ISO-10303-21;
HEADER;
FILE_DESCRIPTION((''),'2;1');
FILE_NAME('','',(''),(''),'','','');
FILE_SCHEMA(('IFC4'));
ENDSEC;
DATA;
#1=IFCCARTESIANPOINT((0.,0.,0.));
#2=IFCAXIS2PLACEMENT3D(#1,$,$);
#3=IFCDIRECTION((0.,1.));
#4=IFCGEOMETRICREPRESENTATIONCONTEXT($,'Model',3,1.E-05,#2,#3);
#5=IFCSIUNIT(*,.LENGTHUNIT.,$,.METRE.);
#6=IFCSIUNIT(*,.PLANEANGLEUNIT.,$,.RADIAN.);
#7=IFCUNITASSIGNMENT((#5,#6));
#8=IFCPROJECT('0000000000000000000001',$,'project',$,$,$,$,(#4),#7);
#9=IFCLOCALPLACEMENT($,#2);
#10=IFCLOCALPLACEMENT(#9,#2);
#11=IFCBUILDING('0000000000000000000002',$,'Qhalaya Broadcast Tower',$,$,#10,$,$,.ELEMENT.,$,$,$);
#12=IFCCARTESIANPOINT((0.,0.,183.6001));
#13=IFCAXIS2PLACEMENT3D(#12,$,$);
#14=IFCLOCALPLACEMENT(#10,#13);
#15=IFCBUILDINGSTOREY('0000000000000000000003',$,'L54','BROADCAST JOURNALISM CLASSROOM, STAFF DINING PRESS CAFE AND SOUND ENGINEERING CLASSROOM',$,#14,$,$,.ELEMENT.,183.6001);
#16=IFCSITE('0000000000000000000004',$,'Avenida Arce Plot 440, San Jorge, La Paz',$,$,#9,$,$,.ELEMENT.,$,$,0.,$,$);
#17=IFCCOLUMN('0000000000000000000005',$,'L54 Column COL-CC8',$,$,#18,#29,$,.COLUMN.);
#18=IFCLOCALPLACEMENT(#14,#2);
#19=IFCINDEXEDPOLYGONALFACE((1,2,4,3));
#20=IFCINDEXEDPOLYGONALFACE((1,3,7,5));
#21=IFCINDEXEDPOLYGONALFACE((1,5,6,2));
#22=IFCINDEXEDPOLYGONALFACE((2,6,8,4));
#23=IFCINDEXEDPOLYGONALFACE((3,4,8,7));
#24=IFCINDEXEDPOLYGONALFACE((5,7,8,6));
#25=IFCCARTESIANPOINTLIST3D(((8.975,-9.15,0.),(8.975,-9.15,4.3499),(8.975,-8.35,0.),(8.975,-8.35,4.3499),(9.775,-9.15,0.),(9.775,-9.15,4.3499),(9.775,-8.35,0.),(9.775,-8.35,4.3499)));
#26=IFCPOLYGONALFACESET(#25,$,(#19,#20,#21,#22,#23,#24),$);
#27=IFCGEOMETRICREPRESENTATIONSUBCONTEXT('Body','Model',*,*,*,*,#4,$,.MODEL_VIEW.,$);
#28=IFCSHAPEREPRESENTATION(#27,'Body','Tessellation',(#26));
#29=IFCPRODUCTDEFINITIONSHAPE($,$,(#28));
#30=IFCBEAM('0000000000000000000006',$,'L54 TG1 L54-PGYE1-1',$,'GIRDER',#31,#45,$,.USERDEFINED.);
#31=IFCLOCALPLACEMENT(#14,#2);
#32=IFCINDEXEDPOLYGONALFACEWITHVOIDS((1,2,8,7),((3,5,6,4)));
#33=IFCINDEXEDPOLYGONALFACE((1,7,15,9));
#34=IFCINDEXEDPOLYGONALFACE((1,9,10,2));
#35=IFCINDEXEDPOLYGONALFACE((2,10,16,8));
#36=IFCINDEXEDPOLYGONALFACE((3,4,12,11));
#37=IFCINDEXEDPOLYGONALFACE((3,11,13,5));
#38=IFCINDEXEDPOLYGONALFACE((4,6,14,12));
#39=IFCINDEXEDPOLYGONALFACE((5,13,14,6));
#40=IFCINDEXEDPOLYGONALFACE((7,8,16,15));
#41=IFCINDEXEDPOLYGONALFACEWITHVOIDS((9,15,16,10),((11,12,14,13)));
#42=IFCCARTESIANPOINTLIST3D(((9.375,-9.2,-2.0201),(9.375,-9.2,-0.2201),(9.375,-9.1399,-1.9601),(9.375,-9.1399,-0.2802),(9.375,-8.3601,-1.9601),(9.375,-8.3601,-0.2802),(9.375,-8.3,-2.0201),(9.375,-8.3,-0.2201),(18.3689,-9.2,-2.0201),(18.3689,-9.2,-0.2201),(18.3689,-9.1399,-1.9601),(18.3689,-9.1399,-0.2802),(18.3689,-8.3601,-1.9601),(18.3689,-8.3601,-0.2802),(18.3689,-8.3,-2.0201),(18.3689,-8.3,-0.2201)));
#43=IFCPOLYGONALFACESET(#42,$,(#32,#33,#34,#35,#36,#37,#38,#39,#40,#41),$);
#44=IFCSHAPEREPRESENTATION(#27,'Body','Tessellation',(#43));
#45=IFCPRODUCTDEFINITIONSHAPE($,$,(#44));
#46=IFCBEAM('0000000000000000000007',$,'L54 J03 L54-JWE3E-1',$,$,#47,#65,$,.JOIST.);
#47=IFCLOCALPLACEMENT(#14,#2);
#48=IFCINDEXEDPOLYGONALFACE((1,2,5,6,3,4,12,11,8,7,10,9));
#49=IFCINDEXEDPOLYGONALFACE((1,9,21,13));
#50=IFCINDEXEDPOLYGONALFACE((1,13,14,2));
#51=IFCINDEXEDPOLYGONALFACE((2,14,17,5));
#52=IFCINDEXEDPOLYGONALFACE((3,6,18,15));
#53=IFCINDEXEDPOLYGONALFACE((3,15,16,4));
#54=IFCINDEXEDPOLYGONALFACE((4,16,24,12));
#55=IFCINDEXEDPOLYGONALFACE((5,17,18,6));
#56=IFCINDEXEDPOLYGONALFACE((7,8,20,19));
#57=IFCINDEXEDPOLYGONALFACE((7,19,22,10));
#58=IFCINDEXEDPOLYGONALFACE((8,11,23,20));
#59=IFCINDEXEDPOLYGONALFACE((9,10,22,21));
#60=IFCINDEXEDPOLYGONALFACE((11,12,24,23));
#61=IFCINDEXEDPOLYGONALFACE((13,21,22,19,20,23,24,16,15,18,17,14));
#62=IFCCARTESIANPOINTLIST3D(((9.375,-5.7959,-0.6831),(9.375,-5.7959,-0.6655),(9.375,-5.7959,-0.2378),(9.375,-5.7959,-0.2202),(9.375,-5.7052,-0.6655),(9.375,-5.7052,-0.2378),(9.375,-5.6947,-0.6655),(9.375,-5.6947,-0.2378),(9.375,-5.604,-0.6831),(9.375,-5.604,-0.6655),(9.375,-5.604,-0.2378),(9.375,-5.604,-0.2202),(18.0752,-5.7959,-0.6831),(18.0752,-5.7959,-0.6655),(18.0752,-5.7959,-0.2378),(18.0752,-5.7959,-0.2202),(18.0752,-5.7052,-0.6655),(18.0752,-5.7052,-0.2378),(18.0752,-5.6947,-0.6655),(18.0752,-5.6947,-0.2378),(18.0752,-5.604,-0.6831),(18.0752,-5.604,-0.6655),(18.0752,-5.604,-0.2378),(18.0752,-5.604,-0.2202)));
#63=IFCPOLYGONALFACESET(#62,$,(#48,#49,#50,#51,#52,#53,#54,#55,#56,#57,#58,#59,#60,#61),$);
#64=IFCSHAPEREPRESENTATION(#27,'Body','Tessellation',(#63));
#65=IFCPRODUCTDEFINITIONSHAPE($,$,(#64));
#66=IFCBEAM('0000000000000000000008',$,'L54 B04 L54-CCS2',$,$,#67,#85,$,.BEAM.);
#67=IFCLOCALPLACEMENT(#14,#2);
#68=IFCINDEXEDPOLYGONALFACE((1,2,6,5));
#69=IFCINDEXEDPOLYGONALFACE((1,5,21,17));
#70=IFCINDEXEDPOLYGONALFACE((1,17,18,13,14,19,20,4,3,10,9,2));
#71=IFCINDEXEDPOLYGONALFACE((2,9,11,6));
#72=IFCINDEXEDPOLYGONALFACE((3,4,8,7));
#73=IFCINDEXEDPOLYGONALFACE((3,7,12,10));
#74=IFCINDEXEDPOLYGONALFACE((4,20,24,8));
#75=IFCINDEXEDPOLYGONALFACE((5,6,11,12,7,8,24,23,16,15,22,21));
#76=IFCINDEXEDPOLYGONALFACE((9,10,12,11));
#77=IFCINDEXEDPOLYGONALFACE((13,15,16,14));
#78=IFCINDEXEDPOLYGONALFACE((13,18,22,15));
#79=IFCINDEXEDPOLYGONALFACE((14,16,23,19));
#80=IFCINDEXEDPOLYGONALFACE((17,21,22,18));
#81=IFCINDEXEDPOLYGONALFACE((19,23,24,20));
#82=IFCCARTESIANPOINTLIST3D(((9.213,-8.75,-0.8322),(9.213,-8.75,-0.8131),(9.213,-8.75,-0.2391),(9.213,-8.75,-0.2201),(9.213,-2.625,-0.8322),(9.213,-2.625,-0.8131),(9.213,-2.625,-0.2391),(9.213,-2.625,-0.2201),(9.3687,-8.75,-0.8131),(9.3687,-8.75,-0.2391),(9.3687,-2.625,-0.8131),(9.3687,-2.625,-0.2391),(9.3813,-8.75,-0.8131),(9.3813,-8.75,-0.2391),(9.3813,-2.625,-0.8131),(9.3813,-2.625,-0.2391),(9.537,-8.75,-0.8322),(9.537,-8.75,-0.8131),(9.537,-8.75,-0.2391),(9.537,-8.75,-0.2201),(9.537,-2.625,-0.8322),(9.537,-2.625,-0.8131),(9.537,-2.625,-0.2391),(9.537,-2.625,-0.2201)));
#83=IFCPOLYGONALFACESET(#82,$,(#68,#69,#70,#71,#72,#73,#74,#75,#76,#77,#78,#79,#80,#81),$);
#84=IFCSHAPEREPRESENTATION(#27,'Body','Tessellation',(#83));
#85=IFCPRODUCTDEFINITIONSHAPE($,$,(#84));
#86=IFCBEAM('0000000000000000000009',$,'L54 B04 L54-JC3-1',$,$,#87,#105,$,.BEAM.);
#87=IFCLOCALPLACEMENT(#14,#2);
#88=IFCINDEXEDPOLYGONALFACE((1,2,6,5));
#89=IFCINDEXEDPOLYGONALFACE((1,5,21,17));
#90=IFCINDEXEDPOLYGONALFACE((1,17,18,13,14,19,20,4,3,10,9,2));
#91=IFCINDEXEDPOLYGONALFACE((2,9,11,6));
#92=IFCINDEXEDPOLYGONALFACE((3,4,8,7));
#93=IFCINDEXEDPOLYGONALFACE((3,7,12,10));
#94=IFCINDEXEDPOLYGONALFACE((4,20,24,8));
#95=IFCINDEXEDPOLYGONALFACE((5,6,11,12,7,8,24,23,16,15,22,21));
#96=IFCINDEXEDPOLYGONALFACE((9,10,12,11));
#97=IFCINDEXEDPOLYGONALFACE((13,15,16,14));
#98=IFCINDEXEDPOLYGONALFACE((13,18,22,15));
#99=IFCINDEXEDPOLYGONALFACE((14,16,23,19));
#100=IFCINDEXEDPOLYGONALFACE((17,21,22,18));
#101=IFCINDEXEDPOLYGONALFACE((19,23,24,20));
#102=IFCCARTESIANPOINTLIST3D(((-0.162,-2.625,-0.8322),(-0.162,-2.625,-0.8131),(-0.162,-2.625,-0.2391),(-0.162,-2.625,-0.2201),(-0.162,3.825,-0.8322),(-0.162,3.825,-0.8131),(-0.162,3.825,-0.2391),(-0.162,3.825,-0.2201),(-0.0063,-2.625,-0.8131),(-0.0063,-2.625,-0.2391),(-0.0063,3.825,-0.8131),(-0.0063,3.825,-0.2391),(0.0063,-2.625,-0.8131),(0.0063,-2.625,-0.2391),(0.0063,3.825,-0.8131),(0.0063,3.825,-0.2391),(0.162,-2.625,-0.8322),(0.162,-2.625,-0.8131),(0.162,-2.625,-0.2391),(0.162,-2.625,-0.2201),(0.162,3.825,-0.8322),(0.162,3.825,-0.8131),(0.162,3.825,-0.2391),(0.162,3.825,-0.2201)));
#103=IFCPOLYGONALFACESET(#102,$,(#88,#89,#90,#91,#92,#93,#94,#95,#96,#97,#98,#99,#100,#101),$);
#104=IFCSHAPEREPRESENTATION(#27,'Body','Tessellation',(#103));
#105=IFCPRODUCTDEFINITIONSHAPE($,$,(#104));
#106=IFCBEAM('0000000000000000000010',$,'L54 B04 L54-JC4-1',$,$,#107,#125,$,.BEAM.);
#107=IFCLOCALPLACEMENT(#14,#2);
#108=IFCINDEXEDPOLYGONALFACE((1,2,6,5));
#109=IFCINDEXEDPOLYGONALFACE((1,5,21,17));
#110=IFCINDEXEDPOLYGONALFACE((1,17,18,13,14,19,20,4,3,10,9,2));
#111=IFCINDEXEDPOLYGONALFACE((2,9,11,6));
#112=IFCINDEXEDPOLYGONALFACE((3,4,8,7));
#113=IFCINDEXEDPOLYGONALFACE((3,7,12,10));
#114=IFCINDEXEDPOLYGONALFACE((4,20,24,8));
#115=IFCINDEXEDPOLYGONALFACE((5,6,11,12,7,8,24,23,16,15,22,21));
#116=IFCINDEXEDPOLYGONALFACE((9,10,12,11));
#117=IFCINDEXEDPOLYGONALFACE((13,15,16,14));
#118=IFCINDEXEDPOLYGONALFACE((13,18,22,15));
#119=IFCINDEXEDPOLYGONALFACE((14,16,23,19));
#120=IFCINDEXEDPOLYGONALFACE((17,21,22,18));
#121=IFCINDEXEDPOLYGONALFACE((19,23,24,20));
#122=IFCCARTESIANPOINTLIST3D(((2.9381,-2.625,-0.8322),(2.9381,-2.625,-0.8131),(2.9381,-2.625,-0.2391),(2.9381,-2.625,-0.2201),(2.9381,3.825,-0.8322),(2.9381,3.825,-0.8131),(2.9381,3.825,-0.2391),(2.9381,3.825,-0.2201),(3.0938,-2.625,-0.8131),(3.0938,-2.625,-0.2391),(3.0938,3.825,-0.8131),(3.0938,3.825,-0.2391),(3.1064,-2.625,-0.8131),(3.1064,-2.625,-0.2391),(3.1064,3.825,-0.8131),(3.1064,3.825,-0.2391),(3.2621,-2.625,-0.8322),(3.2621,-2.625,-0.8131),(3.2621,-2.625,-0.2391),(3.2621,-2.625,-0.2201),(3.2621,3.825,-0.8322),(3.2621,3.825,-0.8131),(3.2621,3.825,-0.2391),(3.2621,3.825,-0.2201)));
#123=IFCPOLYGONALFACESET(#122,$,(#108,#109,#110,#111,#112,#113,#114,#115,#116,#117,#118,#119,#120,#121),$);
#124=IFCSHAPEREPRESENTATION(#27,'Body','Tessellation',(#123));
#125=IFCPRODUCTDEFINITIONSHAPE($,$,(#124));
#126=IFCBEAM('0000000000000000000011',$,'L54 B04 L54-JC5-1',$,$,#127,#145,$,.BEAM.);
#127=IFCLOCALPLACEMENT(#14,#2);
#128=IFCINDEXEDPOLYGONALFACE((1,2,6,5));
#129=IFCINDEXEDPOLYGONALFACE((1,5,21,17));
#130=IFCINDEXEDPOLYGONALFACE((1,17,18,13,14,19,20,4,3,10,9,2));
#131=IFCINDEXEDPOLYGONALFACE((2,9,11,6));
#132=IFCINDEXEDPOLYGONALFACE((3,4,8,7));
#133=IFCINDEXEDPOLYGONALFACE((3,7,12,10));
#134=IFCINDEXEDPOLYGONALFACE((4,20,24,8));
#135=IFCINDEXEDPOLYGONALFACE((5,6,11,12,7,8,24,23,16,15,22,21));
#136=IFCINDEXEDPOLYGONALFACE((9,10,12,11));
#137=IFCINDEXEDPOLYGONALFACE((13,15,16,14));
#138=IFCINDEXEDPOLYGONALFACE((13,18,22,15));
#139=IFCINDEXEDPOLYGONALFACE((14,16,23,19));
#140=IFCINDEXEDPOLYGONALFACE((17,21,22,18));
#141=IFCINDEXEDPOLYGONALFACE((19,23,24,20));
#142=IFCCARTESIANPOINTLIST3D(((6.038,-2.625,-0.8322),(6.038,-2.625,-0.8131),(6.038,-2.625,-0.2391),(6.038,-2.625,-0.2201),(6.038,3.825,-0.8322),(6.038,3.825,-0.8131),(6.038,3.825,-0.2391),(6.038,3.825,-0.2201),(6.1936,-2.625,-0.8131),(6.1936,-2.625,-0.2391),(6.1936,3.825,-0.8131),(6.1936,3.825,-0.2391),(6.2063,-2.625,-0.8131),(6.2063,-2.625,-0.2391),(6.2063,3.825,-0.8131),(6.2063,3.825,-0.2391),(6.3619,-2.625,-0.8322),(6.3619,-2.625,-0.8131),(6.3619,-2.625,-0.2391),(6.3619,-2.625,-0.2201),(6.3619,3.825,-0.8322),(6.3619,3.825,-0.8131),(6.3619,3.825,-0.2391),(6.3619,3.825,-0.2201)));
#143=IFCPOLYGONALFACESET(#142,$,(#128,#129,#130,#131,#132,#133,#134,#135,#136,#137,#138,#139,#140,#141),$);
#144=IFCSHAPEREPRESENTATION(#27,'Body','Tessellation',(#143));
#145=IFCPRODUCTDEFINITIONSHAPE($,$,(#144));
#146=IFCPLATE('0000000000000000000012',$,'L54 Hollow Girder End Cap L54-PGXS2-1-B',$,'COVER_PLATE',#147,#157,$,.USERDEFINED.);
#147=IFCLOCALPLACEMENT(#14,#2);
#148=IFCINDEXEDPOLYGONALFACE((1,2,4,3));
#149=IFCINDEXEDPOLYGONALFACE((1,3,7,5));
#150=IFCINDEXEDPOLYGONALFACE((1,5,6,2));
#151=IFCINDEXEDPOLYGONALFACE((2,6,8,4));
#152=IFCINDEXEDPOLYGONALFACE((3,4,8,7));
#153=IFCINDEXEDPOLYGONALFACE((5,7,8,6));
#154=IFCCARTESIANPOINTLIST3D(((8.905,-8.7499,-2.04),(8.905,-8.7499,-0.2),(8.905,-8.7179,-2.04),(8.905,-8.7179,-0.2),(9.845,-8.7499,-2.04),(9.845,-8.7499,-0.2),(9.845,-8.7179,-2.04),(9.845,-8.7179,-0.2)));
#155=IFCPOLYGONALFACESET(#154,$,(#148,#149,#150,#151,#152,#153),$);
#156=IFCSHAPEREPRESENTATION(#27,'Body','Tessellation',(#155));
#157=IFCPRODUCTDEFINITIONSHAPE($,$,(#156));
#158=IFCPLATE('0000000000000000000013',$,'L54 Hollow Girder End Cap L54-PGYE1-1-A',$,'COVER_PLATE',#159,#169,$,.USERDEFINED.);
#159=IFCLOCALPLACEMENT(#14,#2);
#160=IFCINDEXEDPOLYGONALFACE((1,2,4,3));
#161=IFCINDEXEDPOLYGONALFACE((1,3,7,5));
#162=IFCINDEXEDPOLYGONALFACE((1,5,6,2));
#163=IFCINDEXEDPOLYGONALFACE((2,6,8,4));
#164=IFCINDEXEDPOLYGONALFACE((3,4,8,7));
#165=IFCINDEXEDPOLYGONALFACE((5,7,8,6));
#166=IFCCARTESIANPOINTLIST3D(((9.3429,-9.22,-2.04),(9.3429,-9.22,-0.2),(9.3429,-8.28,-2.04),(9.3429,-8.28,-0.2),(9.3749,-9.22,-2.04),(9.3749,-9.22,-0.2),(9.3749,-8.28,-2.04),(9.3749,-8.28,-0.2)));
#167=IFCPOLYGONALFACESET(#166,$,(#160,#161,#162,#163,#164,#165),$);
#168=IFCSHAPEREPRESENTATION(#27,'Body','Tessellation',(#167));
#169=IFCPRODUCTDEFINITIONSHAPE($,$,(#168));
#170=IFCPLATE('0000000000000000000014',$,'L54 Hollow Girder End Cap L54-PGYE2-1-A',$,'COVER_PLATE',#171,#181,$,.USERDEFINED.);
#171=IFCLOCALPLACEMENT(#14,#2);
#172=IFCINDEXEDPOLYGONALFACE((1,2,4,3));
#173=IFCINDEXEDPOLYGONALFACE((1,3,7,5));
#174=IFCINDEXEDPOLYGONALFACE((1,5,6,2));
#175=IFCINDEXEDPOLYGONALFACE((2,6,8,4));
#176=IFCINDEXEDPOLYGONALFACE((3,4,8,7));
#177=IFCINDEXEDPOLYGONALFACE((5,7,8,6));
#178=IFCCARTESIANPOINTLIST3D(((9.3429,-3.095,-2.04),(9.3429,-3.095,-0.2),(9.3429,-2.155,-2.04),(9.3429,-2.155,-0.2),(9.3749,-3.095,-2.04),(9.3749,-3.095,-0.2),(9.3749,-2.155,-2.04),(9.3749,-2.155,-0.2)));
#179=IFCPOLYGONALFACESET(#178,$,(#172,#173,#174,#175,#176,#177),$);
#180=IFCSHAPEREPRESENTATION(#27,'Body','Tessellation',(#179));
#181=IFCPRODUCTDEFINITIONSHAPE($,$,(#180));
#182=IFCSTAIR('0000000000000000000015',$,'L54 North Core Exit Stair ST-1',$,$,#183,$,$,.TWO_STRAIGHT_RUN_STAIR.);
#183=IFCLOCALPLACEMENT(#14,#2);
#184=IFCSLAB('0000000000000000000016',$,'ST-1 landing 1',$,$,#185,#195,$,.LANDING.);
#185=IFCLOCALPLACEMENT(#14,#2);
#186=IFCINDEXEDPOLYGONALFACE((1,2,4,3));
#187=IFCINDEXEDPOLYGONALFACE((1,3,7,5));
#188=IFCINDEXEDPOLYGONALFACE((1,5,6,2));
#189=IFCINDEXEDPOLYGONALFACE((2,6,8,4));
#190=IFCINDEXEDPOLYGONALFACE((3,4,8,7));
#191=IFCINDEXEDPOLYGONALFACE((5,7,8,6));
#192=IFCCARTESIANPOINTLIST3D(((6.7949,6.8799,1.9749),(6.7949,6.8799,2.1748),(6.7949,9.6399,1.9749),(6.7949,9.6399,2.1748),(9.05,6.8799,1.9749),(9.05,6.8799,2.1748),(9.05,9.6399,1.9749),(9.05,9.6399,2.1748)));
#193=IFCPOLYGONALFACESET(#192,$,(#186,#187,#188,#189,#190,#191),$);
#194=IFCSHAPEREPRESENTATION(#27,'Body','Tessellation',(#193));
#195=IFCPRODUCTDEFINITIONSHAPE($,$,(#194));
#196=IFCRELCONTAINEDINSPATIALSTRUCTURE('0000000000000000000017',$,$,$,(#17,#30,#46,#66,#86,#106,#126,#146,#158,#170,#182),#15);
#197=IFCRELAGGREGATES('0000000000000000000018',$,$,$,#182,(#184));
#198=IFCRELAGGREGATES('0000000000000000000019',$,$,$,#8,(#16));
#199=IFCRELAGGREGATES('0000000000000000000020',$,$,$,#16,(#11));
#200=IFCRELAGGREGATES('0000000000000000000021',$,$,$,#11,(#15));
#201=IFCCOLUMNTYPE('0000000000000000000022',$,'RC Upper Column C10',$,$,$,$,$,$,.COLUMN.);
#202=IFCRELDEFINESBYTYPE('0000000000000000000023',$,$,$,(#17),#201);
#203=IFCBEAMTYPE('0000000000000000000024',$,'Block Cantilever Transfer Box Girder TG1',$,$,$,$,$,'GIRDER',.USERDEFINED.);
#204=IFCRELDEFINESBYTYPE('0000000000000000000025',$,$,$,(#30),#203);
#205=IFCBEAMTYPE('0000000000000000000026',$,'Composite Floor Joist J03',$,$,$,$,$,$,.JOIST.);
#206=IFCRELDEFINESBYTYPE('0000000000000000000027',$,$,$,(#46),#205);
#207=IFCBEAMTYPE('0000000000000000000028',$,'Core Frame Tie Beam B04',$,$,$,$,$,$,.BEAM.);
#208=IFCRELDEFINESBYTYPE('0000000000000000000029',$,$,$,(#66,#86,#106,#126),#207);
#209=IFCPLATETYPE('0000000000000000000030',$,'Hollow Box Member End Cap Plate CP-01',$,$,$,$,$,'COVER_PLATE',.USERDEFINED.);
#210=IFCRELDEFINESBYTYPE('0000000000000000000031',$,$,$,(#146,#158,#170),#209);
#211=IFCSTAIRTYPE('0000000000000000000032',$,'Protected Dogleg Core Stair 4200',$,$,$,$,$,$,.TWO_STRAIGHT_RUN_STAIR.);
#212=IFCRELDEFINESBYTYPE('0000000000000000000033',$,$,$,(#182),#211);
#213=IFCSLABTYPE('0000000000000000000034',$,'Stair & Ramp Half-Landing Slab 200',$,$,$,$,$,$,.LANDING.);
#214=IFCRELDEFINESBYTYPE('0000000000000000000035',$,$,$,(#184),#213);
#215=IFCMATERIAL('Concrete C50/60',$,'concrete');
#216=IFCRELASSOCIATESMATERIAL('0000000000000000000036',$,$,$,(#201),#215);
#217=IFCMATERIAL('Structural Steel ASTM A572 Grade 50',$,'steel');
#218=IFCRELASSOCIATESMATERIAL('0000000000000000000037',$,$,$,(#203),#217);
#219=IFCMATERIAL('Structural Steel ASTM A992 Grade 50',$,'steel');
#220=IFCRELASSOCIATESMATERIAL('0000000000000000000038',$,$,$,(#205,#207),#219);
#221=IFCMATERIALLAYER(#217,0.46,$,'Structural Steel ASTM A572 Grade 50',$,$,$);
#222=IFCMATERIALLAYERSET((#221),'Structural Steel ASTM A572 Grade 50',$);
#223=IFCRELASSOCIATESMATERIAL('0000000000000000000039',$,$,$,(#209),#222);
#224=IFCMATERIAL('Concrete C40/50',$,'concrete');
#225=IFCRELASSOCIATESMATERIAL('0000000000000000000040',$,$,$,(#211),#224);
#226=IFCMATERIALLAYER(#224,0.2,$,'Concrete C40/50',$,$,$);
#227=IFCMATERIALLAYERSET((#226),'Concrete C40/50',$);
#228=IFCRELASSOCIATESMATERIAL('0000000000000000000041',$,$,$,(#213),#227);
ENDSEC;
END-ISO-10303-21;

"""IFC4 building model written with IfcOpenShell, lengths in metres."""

from ifc_helpers import new_model, si_unit, direction, frame, origin, origin_2d, place, context, subcontext, project, spatial, polyline, rectangle, hollow_rectangle, i_section, outline, extrude, material, layer, layer_set, material_profile, profile_set, type_object, element, aggregate, save


model = new_model("IFC4")

# Units and contexts
model_context = context("Model", 3, precision=1e-05, world=origin(), true_north=direction((0.0, 1.0)))
body_context = subcontext(model_context, "Body", "Model", "MODEL_VIEW")
ifc_project = project(units=[si_unit("LENGTHUNIT", "METRE"), si_unit("PLANEANGLEUNIT", "RADIAN")], contexts=[model_context])

# Site, building, storey
site_placement = place(None, origin())
site = spatial("IfcSite", under=ifc_project, at=site_placement, Name="Avenida Arce Plot 440, San Jorge, La Paz", CompositionType="ELEMENT", RefElevation=0.0)
building_placement = place(site_placement, origin())
building = spatial("IfcBuilding", under=site, at=building_placement, Name="Qhalaya Broadcast Tower", CompositionType="ELEMENT")
storey_placement = place(building_placement, frame((0.0, 0.0, 183.6001)))
storey = spatial("IfcBuildingStorey", under=building, at=storey_placement, Name="L54", Description="BROADCAST JOURNALISM CLASSROOM, STAFF DINING PRESS CAFE AND SOUND ENGINEERING CLASSROOM", CompositionType="ELEMENT", Elevation=183.6001)

# Column
ifc_material_1 = material(Name="Concrete C50/60", Category="concrete")
ifc_material_profile_1 = material_profile(ifc_material_1, rectangle(XDim=0.8, YDim=0.8, at=origin_2d()), Name="RC-COL 800x800")
ifc_profile_set_1 = profile_set([ifc_material_profile_1], Name="Concrete C50/60")
column_type = type_object("IfcColumnType", Name="RC Upper Column C10", PredefinedType="COLUMN", material=ifc_profile_set_1)
column_placement = place(storey_placement, frame((9.375, -8.75, 0.0), z_axis=(0.0, 0.0, 1.0), x_axis=(1.0, 0.0, 0.0)))
element("IfcColumn", 1, at=column_placement, inside=storey, type_object=column_type, Name="L54 Column COL-CC8", PredefinedType="COLUMN", context=body_context, shape_type="SweptSolid", body=[
    extrude(rectangle(XDim=0.8, YDim=0.8, at=origin_2d()), origin(), (0.0, 0.0, 1.0), 4.3499),
])

# Beams
ifc_material_2 = material(Name="Structural Steel ASTM A572 Grade 50", Category="steel")
ifc_material_profile_2 = material_profile(ifc_material_2, hollow_rectangle(XDim=0.8999, YDim=1.8, WallThickness=0.0601, at=origin_2d()), Name="BOX 900x1800x60")
ifc_profile_set_2 = profile_set([ifc_material_profile_2], Name="Structural Steel ASTM A572 Grade 50")
beam_type_1 = type_object("IfcBeamType", Name="Block Cantilever Transfer Box Girder TG1", ElementType="GIRDER", PredefinedType="USERDEFINED", material=ifc_profile_set_2)
beam_1_placement = place(storey_placement, frame((9.375, -8.75, -1.1201), z_axis=(1.0, 0.0, 0.0), x_axis=(0.0, 1.0, 0.0)))
element("IfcBeam", 2, at=beam_1_placement, inside=storey, type_object=beam_type_1, Name="L54 TG1 L54-PGYE1-1", ObjectType="GIRDER", PredefinedType="USERDEFINED", context=body_context, shape_type="SweptSolid", body=[
    extrude(hollow_rectangle(XDim=0.8999, YDim=1.8, WallThickness=0.0601, at=origin_2d()), origin(), (0.0, 0.0, 1.0), 8.9939),
])
ifc_material_3 = material(Name="Structural Steel ASTM A992 Grade 50", Category="steel")
ifc_material_profile_3 = material_profile(ifc_material_3, i_section(OverallWidth=0.1919, OverallDepth=0.4629, WebThickness=0.0105, FlangeThickness=0.0176, at=origin_2d()), Name="W18X60")
ifc_profile_set_3 = profile_set([ifc_material_profile_3], Name="Structural Steel ASTM A992 Grade 50")
beam_type_2 = type_object("IfcBeamType", Name="Composite Floor Joist J03", PredefinedType="JOIST", material=ifc_profile_set_3)
beam_2_placement = place(storey_placement, frame((9.375, -5.7, -0.4517), z_axis=(1.0, 0.0, 0.0), x_axis=(0.0, 1.0, 0.0)))
element("IfcBeam", 3, at=beam_2_placement, inside=storey, type_object=beam_type_2, Name="L54 J03 L54-JWE3E-1", PredefinedType="JOIST", context=body_context, shape_type="SweptSolid", body=[
    extrude(i_section(OverallWidth=0.1919, OverallDepth=0.4629, WebThickness=0.0105, FlangeThickness=0.0176, at=origin_2d()), origin(), (0.0, 0.0, 1.0), 8.7002),
])
ifc_material_profile_4 = material_profile(ifc_material_3, i_section(OverallWidth=0.324, OverallDepth=0.6121, WebThickness=0.0127, FlangeThickness=0.019, at=origin_2d()), Name="W24X104")
ifc_profile_set_4 = profile_set([ifc_material_profile_4], Name="Structural Steel ASTM A992 Grade 50")
beam_type_3 = type_object("IfcBeamType", Name="Core Frame Tie Beam B04", PredefinedType="BEAM", material=ifc_profile_set_4)
beam_3_placement = place(storey_placement, frame((9.375, -8.75, -0.5261), z_axis=(0.0, 1.0, 0.0), x_axis=(-1.0, 0.0, 0.0)))
element("IfcBeam", 4, at=beam_3_placement, inside=storey, type_object=beam_type_3, Name="L54 B04 L54-CCS2", PredefinedType="BEAM", context=body_context, shape_type="SweptSolid", body=[
    extrude(i_section(OverallWidth=0.324, OverallDepth=0.6121, WebThickness=0.0127, FlangeThickness=0.019, at=origin_2d()), origin(), (0.0, 0.0, 1.0), 6.125),
])
for number, where, z_axis, x_axis, name in (
    (5, (0.0, -2.625, -0.5261), (0.0, 1.0, 0.0), (-1.0, 0.0, 0.0), "L54 B04 L54-JC3-1"),
    (6, (3.1001, -2.625, -0.5261), (0.0, 1.0, 0.0), (-1.0, 0.0, 0.0), "L54 B04 L54-JC4-1"),
    (7, (6.2, -2.625, -0.5261), (0.0, 1.0, 0.0), (-1.0, 0.0, 0.0), "L54 B04 L54-JC5-1"),
):
    element("IfcBeam", number, at=place(storey_placement, frame(where, z_axis=z_axis, x_axis=x_axis)), inside=storey, type_object=beam_type_3, Name=name, PredefinedType="BEAM", context=body_context, shape_type="SweptSolid", body=[
        extrude(i_section(OverallWidth=0.324, OverallDepth=0.6121, WebThickness=0.0127, FlangeThickness=0.019, at=origin_2d()), origin(), (0.0, 0.0, 1.0), 6.45),
    ])

# Plates
ifc_layer_1 = layer(ifc_material_2, 0.46, Name="Structural Steel ASTM A572 Grade 50")
ifc_layer_set_1 = layer_set([ifc_layer_1], Name="Structural Steel ASTM A572 Grade 50")
plate_type = type_object("IfcPlateType", Name="Hollow Box Member End Cap Plate CP-01", ElementType="COVER_PLATE", PredefinedType="USERDEFINED", material=ifc_layer_set_1)
for number, where, z_axis, x_axis, name in (
    (8, (9.375, -8.7339, -2.04), (0.0, 0.0, 1.0), (-1.0, 0.0, 0.0), "L54 Hollow Girder End Cap L54-PGXS2-1-B"),
    (9, (9.3589, -8.75, -2.04), (0.0, 0.0, 1.0), (0.0, 1.0, 0.0), "L54 Hollow Girder End Cap L54-PGYE1-1-A"),
    (10, (9.3589, -2.625, -2.04), (0.0, 0.0, 1.0), (0.0, 1.0, 0.0), "L54 Hollow Girder End Cap L54-PGYE2-1-A"),
):
    element("IfcPlate", number, at=place(storey_placement, frame(where, z_axis=z_axis, x_axis=x_axis)), inside=storey, type_object=plate_type, Name=name, ObjectType="COVER_PLATE", PredefinedType="USERDEFINED", context=body_context, shape_type="SweptSolid", body=[
        extrude(rectangle(XDim=0.9399, YDim=0.032, at=origin_2d()), origin(), (0.0, 0.0, 1.0), 1.8401),
    ])

# Stair, slab
ifc_material_4 = material(Name="Concrete C40/50", Category="concrete")
stair_type = type_object("IfcStairType", Name="Protected Dogleg Core Stair 4200", PredefinedType="TWO_STRAIGHT_RUN_STAIR", material=ifc_material_4)
stair_1_placement = place(storey_placement, origin())
stair_1 = element("IfcStair", 11, at=stair_1_placement, inside=storey, type_object=stair_type, Name="L54 North Core Exit Stair ST-1", PredefinedType="TWO_STRAIGHT_RUN_STAIR")
ifc_layer_2 = layer(ifc_material_4, 0.2, Name="Concrete C40/50")
ifc_layer_set_2 = layer_set([ifc_layer_2], Name="Concrete C40/50")
slab_type_1 = type_object("IfcSlabType", Name="Stair & Ramp Half-Landing Slab 200", PredefinedType="LANDING", material=ifc_layer_set_2)
slab_1_placement = place(storey_placement, frame((0.0, 0.0, 1.9749)))
slab_1 = element("IfcSlab", 12, at=slab_1_placement, type_object=slab_type_1, Name="ST-1 landing 1", PredefinedType="LANDING", context=body_context, shape_type="SweptSolid", body=[
    extrude(outline(polyline([(6.7949, 6.8799), (9.05, 6.8799), (9.05, 9.6399), (6.7949, 9.6399), (6.7949, 6.8799)])), origin(), (0.0, 0.0, 1.0), 0.2),
])
aggregate(stair_1, [slab_1])

save(model, "model.ifc")
